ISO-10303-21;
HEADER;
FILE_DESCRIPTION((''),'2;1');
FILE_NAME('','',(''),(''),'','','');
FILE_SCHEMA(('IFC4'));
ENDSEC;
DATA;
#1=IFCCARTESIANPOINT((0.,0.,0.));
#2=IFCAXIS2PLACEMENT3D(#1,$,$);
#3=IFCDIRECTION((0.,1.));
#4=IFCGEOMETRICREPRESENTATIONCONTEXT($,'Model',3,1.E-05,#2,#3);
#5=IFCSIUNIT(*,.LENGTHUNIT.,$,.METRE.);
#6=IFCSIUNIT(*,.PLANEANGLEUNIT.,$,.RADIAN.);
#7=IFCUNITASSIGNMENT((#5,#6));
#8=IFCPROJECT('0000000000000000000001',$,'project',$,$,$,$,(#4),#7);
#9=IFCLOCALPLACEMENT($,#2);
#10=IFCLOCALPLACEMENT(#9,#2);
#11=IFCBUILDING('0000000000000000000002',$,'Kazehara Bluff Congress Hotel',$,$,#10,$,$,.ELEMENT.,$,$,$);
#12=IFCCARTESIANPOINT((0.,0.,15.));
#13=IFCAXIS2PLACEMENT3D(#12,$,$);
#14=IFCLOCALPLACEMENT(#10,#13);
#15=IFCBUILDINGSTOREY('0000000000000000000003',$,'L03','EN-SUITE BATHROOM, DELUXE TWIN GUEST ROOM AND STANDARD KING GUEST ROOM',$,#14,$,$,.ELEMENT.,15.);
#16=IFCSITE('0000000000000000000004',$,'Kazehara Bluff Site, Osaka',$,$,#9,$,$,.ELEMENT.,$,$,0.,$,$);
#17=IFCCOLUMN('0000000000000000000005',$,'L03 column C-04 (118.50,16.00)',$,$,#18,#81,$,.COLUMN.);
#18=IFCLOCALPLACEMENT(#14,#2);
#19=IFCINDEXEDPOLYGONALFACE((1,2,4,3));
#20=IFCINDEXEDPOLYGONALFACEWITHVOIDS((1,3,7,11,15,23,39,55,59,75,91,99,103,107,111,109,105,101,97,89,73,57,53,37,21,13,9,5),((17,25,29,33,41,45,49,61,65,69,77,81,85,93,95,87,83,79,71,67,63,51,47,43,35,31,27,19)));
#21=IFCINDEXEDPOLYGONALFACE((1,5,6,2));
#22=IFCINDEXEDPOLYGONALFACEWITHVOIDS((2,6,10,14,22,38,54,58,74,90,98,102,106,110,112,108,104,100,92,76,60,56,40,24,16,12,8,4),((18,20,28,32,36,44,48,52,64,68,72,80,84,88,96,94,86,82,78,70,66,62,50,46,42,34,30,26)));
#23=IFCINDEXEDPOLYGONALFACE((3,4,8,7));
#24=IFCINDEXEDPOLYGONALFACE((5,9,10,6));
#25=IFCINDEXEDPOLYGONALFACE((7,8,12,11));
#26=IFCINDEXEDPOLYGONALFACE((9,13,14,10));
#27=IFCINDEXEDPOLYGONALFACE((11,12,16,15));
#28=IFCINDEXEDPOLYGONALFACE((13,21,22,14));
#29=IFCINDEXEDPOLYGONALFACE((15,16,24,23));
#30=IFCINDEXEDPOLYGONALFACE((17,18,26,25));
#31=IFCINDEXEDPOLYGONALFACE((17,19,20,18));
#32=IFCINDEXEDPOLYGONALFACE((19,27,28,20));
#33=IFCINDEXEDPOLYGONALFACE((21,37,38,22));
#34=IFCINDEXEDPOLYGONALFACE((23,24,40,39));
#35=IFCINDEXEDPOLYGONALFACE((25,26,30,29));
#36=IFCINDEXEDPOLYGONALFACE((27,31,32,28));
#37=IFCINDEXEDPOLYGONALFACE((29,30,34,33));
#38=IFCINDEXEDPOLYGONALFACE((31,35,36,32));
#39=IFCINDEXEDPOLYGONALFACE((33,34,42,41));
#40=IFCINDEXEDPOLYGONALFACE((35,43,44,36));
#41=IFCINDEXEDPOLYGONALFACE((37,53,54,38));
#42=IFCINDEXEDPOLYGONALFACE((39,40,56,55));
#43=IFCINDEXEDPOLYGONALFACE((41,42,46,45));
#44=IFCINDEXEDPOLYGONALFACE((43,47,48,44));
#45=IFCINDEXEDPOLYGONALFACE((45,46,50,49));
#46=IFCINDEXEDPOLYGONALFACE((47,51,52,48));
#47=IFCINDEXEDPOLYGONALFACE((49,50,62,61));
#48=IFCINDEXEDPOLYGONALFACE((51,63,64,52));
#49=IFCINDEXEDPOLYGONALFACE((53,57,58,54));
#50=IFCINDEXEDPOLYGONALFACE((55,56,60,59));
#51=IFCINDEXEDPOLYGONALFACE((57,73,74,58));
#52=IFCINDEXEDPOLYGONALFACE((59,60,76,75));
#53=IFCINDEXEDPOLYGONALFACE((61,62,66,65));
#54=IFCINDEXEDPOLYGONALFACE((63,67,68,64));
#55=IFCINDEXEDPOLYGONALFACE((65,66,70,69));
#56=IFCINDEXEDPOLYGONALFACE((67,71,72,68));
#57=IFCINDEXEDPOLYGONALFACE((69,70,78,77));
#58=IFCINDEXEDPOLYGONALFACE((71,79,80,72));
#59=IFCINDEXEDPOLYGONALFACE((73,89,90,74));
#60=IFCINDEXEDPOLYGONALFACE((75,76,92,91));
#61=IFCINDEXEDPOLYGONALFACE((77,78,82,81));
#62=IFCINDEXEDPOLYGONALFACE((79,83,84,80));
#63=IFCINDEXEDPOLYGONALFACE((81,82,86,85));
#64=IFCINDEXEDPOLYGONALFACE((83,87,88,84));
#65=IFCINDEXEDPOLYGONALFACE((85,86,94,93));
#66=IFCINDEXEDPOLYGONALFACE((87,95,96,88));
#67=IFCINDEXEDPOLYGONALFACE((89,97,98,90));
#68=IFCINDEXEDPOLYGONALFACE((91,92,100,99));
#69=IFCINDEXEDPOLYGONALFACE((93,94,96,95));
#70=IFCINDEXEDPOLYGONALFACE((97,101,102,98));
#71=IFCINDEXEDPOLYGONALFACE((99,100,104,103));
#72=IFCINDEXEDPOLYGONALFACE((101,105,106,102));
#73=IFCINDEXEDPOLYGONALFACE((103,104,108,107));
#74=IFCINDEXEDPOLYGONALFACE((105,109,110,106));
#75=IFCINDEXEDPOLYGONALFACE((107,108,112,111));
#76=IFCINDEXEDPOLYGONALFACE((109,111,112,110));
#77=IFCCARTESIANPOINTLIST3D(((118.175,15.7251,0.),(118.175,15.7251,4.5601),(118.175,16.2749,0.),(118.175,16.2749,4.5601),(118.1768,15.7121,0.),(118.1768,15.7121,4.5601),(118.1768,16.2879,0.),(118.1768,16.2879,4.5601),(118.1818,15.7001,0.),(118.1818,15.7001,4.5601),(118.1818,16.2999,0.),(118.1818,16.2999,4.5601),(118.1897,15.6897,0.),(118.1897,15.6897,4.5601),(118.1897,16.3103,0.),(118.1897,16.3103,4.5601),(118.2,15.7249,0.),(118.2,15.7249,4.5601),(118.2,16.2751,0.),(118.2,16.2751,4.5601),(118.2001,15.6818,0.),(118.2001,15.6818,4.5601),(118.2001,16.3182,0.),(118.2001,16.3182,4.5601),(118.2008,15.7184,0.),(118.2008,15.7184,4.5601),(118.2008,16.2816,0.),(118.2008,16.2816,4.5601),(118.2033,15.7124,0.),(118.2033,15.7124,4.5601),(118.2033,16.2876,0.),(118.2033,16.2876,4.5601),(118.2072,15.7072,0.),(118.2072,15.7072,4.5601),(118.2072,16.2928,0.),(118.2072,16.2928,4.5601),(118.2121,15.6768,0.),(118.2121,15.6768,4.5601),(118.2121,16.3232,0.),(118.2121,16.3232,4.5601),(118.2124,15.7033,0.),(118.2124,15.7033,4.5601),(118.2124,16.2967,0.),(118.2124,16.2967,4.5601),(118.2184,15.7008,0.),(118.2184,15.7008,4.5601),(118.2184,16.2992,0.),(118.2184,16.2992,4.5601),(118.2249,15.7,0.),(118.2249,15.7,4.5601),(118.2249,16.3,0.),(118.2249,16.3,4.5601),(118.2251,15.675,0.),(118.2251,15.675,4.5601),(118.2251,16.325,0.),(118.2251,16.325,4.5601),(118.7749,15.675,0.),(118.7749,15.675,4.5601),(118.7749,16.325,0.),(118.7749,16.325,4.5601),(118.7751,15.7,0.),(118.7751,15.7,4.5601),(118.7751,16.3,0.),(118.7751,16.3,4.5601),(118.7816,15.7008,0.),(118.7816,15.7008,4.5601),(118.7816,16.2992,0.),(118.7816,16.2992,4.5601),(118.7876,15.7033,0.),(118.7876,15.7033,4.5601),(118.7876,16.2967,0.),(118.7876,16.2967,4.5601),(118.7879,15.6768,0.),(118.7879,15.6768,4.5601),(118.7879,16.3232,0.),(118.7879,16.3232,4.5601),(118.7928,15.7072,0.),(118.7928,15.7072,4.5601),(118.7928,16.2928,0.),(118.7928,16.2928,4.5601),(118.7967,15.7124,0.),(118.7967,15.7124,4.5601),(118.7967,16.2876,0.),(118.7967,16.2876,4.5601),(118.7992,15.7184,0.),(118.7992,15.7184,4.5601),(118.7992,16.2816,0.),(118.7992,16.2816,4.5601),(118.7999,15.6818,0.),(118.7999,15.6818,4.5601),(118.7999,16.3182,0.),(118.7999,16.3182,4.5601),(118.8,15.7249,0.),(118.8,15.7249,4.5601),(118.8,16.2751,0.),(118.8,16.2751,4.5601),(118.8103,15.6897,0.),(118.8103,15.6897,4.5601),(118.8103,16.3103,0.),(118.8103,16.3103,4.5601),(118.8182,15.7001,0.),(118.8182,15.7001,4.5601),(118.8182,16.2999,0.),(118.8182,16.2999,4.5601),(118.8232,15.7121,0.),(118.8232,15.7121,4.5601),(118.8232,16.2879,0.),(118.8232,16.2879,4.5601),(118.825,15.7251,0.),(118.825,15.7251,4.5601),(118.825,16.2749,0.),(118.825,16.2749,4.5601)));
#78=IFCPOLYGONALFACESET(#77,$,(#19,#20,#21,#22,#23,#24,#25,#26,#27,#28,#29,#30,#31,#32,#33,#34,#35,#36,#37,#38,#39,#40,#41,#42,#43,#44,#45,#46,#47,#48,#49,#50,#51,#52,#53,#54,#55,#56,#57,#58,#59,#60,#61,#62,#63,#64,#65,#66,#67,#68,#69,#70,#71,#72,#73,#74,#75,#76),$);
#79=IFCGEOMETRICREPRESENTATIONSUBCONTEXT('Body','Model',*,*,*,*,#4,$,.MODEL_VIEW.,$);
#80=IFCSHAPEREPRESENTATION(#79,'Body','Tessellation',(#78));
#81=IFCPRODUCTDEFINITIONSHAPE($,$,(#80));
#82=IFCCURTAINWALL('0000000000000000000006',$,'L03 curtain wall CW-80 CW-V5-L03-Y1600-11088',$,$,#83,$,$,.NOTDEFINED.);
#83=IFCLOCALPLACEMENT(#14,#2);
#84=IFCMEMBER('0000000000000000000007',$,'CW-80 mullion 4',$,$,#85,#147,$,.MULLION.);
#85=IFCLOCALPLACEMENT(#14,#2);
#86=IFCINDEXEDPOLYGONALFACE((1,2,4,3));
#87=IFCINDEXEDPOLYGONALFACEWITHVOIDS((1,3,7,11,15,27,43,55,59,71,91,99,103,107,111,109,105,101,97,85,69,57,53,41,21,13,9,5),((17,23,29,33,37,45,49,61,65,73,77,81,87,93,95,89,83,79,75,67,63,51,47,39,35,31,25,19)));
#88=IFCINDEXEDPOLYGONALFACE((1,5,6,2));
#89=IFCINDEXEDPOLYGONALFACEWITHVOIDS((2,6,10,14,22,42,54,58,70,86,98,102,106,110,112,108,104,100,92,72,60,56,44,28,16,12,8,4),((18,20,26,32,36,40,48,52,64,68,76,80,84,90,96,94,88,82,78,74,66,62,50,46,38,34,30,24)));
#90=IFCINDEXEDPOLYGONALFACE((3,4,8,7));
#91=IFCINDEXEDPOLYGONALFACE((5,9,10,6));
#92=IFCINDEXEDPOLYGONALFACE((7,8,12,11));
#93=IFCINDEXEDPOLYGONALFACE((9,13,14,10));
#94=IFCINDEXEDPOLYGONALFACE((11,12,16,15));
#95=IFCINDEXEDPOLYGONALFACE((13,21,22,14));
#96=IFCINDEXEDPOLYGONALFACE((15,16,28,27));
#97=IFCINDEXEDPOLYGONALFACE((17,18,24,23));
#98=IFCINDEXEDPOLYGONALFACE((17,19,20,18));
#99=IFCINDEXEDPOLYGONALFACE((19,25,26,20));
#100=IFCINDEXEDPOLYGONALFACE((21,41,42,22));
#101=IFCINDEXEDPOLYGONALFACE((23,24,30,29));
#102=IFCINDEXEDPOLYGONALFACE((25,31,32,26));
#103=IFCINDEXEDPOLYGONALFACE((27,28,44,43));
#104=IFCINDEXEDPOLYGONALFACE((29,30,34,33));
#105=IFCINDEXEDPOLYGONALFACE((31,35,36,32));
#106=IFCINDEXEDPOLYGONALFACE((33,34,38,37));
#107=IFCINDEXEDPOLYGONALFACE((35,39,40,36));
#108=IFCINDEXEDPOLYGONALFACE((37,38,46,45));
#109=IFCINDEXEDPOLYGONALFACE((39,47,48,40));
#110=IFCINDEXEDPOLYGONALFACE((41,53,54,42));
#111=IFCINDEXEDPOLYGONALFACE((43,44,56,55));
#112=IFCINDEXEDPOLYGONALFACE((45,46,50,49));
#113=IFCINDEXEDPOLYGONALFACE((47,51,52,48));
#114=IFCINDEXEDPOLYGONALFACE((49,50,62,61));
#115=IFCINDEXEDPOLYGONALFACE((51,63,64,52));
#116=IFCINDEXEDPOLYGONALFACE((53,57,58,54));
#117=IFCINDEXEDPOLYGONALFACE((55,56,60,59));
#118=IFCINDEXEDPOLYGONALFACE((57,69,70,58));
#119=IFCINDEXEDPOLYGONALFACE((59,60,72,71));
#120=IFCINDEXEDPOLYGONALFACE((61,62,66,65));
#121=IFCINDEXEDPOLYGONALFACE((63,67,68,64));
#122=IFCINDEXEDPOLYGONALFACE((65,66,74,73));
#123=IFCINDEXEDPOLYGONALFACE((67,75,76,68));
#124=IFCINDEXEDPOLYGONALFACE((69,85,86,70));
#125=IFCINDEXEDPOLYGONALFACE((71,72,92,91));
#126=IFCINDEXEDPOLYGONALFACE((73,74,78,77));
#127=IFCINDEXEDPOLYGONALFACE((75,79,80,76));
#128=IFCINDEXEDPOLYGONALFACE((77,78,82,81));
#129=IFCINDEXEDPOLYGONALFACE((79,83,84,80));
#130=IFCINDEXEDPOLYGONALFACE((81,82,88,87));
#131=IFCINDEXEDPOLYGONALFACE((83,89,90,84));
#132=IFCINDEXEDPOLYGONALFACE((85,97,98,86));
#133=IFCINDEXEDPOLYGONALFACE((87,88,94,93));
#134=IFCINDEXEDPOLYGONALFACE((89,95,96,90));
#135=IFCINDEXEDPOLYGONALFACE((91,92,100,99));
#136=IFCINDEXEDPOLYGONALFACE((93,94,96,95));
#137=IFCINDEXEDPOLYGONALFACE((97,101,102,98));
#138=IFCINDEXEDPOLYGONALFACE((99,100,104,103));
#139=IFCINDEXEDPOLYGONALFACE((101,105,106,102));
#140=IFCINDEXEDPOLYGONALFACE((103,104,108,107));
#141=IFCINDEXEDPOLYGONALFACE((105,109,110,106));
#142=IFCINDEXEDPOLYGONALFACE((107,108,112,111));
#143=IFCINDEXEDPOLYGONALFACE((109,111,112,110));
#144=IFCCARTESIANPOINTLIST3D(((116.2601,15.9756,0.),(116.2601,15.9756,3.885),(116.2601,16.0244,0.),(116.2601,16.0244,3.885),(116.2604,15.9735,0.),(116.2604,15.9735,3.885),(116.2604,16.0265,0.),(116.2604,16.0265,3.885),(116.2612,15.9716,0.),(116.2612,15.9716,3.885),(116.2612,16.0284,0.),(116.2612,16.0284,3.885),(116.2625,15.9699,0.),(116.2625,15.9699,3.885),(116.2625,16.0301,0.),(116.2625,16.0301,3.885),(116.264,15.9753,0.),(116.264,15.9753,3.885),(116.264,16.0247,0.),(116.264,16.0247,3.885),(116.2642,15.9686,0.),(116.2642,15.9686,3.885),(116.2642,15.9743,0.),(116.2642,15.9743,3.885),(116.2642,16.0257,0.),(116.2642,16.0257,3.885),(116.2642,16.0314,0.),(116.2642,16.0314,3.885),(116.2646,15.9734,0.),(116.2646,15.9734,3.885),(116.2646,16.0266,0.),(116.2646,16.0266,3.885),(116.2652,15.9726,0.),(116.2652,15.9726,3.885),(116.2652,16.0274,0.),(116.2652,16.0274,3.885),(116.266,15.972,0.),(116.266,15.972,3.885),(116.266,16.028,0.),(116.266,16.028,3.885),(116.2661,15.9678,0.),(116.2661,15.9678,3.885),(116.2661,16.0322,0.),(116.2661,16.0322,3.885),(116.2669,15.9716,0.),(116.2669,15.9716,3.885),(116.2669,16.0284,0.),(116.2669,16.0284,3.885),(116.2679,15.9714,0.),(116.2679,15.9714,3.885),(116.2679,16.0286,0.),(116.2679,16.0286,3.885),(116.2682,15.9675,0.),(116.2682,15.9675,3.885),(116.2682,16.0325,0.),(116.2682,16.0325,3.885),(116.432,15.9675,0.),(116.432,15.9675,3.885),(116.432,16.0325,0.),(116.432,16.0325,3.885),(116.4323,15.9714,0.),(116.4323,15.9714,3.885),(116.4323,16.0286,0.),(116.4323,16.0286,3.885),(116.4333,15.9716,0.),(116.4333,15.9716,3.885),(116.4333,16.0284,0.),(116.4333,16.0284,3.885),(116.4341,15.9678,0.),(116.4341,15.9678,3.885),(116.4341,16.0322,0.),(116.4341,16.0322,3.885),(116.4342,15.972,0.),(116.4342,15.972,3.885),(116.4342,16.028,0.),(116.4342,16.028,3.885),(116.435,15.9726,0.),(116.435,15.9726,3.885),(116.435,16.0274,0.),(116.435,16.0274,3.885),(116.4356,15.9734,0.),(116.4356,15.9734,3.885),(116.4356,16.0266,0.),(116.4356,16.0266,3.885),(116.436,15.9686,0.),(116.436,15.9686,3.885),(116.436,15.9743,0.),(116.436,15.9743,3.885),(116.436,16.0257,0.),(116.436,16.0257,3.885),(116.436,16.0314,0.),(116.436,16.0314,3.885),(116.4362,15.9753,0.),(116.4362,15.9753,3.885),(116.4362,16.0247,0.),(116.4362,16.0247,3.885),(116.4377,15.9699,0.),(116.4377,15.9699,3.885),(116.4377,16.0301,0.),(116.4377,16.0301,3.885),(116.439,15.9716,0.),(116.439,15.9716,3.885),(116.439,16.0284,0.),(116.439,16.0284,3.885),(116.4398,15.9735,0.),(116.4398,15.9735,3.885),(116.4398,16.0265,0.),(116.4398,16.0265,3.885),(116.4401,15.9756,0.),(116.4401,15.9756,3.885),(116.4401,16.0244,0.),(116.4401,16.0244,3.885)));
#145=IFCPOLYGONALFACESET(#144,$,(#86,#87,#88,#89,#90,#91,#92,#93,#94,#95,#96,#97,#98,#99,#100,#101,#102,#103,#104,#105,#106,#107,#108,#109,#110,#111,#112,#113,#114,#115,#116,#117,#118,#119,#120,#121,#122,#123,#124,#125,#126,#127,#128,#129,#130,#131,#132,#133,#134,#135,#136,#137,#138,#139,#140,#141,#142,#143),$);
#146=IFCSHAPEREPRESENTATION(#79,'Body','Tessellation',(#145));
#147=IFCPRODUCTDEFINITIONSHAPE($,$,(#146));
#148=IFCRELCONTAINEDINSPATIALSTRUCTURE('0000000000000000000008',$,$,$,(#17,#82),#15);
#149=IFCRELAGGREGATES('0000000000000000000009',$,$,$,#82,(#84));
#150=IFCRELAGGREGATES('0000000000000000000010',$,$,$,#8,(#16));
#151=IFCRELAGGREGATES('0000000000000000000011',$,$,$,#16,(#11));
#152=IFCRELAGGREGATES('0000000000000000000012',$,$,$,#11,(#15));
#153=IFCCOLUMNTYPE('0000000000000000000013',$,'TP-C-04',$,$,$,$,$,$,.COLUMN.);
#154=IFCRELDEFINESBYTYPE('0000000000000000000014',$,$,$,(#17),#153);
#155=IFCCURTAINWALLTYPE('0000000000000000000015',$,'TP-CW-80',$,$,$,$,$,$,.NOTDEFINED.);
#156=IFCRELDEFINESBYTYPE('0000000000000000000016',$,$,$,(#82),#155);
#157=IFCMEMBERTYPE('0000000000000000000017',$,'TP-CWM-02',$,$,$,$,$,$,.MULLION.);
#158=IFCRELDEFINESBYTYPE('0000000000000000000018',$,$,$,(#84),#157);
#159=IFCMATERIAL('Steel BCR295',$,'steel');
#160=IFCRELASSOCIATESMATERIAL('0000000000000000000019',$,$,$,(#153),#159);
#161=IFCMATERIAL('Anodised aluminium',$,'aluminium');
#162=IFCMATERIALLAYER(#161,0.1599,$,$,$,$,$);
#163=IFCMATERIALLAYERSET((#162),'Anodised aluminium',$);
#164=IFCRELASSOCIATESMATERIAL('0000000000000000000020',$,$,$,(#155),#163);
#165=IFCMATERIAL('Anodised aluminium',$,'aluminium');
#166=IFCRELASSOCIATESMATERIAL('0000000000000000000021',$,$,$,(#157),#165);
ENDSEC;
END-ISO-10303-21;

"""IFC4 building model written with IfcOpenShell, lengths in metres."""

from ifc_helpers import new_model, si_unit, direction, frame, origin, origin_2d, place, context, subcontext, project, spatial, hollow_rectangle, extrude, material, layer, layer_set, material_profile, profile_set, type_object, element, aggregate, save


model = new_model("IFC4")

# Units and contexts
model_context = context("Model", 3, precision=1e-05, world=origin(), true_north=direction((0.0, 1.0)))
body_context = subcontext(model_context, "Body", "Model", "MODEL_VIEW")
ifc_project = project(units=[si_unit("LENGTHUNIT", "METRE"), si_unit("PLANEANGLEUNIT", "RADIAN")], contexts=[model_context])

# Site, building, storey
site_placement = place(None, origin())
site = spatial("IfcSite", under=ifc_project, at=site_placement, Name="Kazehara Bluff Site, Osaka", CompositionType="ELEMENT", RefElevation=0.0)
building_placement = place(site_placement, origin())
building = spatial("IfcBuilding", under=site, at=building_placement, Name="Kazehara Bluff Congress Hotel", CompositionType="ELEMENT")
storey_placement = place(building_placement, frame((0.0, 0.0, 15.0)))
storey = spatial("IfcBuildingStorey", under=building, at=storey_placement, Name="L03", Description="EN-SUITE BATHROOM, DELUXE TWIN GUEST ROOM AND STANDARD KING GUEST ROOM", CompositionType="ELEMENT", Elevation=15.0)

# Column
ifc_material_1 = material(Name="Steel BCR295", Category="steel")
ifc_material_profile_1 = material_profile(ifc_material_1, hollow_rectangle(XDim=0.6499, YDim=0.6499, WallThickness=0.0249, InnerFilletRadius=0.0249, OuterFilletRadius=0.05, at=origin_2d()))
ifc_profile_set_1 = profile_set([ifc_material_profile_1], Name="Steel BCR295")
column_type = type_object("IfcColumnType", Name="TP-C-04", PredefinedType="COLUMN", material=ifc_profile_set_1)
column_placement = place(storey_placement, frame((118.5, 16.0, 0.0), z_axis=(0.0, 0.0, 1.0), x_axis=(1.0, 0.0, 0.0)))
element("IfcColumn", 1, at=column_placement, inside=storey, type_object=column_type, Name="L03 column C-04 (118.50,16.00)", PredefinedType="COLUMN", context=body_context, shape_type="SweptSolid", body=[
    extrude(hollow_rectangle(XDim=0.6499, YDim=0.6499, WallThickness=0.0249, InnerFilletRadius=0.0249, OuterFilletRadius=0.05, at=origin_2d()), origin(), (0.0, 0.0, 1.0), 4.5601),
])

# Curtain wall, member
ifc_material_2 = material(Name="Anodised aluminium", Category="aluminium")
ifc_layer_1 = layer(ifc_material_2, 0.1599)
ifc_layer_set_1 = layer_set([ifc_layer_1], Name="Anodised aluminium")
curtain_wall_type_1 = type_object("IfcCurtainWallType", Name="TP-CW-80", PredefinedType="NOTDEFINED", material=ifc_layer_set_1)
curtain_wall_1_placement = place(storey_placement, origin())
curtain_wall_1 = element("IfcCurtainWall", 2, at=curtain_wall_1_placement, inside=storey, type_object=curtain_wall_type_1, Name="L03 curtain wall CW-80 CW-V5-L03-Y1600-11088", PredefinedType="NOTDEFINED")
ifc_material_3 = material(Name="Anodised aluminium", Category="aluminium")
ifc_material_profile_2 = material_profile(ifc_material_3, hollow_rectangle(XDim=0.0649, YDim=0.1799, WallThickness=0.0039, InnerFilletRadius=0.0039, OuterFilletRadius=0.0081, at=origin_2d()))
ifc_profile_set_2 = profile_set([ifc_material_profile_2], Name="Anodised aluminium")
member_type_1 = type_object("IfcMemberType", Name="TP-CWM-02", PredefinedType="MULLION", material=ifc_profile_set_2)
member_1_placement = place(storey_placement, frame((116.3501, 16.0, 0.0), z_axis=(0.0, 0.0, 1.0), x_axis=(0.0, 1.0, 0.0)))
member_1 = element("IfcMember", 3, at=member_1_placement, type_object=member_type_1, Name="CW-80 mullion 4", PredefinedType="MULLION", context=body_context, shape_type="SweptSolid", body=[
    extrude(hollow_rectangle(XDim=0.0649, YDim=0.1799, WallThickness=0.0039, InnerFilletRadius=0.0039, OuterFilletRadius=0.0081, at=origin_2d()), origin(), (0.0, 0.0, 1.0), 3.885),
])

aggregate(curtain_wall_1, [member_1])

save(model, "model.ifc")
